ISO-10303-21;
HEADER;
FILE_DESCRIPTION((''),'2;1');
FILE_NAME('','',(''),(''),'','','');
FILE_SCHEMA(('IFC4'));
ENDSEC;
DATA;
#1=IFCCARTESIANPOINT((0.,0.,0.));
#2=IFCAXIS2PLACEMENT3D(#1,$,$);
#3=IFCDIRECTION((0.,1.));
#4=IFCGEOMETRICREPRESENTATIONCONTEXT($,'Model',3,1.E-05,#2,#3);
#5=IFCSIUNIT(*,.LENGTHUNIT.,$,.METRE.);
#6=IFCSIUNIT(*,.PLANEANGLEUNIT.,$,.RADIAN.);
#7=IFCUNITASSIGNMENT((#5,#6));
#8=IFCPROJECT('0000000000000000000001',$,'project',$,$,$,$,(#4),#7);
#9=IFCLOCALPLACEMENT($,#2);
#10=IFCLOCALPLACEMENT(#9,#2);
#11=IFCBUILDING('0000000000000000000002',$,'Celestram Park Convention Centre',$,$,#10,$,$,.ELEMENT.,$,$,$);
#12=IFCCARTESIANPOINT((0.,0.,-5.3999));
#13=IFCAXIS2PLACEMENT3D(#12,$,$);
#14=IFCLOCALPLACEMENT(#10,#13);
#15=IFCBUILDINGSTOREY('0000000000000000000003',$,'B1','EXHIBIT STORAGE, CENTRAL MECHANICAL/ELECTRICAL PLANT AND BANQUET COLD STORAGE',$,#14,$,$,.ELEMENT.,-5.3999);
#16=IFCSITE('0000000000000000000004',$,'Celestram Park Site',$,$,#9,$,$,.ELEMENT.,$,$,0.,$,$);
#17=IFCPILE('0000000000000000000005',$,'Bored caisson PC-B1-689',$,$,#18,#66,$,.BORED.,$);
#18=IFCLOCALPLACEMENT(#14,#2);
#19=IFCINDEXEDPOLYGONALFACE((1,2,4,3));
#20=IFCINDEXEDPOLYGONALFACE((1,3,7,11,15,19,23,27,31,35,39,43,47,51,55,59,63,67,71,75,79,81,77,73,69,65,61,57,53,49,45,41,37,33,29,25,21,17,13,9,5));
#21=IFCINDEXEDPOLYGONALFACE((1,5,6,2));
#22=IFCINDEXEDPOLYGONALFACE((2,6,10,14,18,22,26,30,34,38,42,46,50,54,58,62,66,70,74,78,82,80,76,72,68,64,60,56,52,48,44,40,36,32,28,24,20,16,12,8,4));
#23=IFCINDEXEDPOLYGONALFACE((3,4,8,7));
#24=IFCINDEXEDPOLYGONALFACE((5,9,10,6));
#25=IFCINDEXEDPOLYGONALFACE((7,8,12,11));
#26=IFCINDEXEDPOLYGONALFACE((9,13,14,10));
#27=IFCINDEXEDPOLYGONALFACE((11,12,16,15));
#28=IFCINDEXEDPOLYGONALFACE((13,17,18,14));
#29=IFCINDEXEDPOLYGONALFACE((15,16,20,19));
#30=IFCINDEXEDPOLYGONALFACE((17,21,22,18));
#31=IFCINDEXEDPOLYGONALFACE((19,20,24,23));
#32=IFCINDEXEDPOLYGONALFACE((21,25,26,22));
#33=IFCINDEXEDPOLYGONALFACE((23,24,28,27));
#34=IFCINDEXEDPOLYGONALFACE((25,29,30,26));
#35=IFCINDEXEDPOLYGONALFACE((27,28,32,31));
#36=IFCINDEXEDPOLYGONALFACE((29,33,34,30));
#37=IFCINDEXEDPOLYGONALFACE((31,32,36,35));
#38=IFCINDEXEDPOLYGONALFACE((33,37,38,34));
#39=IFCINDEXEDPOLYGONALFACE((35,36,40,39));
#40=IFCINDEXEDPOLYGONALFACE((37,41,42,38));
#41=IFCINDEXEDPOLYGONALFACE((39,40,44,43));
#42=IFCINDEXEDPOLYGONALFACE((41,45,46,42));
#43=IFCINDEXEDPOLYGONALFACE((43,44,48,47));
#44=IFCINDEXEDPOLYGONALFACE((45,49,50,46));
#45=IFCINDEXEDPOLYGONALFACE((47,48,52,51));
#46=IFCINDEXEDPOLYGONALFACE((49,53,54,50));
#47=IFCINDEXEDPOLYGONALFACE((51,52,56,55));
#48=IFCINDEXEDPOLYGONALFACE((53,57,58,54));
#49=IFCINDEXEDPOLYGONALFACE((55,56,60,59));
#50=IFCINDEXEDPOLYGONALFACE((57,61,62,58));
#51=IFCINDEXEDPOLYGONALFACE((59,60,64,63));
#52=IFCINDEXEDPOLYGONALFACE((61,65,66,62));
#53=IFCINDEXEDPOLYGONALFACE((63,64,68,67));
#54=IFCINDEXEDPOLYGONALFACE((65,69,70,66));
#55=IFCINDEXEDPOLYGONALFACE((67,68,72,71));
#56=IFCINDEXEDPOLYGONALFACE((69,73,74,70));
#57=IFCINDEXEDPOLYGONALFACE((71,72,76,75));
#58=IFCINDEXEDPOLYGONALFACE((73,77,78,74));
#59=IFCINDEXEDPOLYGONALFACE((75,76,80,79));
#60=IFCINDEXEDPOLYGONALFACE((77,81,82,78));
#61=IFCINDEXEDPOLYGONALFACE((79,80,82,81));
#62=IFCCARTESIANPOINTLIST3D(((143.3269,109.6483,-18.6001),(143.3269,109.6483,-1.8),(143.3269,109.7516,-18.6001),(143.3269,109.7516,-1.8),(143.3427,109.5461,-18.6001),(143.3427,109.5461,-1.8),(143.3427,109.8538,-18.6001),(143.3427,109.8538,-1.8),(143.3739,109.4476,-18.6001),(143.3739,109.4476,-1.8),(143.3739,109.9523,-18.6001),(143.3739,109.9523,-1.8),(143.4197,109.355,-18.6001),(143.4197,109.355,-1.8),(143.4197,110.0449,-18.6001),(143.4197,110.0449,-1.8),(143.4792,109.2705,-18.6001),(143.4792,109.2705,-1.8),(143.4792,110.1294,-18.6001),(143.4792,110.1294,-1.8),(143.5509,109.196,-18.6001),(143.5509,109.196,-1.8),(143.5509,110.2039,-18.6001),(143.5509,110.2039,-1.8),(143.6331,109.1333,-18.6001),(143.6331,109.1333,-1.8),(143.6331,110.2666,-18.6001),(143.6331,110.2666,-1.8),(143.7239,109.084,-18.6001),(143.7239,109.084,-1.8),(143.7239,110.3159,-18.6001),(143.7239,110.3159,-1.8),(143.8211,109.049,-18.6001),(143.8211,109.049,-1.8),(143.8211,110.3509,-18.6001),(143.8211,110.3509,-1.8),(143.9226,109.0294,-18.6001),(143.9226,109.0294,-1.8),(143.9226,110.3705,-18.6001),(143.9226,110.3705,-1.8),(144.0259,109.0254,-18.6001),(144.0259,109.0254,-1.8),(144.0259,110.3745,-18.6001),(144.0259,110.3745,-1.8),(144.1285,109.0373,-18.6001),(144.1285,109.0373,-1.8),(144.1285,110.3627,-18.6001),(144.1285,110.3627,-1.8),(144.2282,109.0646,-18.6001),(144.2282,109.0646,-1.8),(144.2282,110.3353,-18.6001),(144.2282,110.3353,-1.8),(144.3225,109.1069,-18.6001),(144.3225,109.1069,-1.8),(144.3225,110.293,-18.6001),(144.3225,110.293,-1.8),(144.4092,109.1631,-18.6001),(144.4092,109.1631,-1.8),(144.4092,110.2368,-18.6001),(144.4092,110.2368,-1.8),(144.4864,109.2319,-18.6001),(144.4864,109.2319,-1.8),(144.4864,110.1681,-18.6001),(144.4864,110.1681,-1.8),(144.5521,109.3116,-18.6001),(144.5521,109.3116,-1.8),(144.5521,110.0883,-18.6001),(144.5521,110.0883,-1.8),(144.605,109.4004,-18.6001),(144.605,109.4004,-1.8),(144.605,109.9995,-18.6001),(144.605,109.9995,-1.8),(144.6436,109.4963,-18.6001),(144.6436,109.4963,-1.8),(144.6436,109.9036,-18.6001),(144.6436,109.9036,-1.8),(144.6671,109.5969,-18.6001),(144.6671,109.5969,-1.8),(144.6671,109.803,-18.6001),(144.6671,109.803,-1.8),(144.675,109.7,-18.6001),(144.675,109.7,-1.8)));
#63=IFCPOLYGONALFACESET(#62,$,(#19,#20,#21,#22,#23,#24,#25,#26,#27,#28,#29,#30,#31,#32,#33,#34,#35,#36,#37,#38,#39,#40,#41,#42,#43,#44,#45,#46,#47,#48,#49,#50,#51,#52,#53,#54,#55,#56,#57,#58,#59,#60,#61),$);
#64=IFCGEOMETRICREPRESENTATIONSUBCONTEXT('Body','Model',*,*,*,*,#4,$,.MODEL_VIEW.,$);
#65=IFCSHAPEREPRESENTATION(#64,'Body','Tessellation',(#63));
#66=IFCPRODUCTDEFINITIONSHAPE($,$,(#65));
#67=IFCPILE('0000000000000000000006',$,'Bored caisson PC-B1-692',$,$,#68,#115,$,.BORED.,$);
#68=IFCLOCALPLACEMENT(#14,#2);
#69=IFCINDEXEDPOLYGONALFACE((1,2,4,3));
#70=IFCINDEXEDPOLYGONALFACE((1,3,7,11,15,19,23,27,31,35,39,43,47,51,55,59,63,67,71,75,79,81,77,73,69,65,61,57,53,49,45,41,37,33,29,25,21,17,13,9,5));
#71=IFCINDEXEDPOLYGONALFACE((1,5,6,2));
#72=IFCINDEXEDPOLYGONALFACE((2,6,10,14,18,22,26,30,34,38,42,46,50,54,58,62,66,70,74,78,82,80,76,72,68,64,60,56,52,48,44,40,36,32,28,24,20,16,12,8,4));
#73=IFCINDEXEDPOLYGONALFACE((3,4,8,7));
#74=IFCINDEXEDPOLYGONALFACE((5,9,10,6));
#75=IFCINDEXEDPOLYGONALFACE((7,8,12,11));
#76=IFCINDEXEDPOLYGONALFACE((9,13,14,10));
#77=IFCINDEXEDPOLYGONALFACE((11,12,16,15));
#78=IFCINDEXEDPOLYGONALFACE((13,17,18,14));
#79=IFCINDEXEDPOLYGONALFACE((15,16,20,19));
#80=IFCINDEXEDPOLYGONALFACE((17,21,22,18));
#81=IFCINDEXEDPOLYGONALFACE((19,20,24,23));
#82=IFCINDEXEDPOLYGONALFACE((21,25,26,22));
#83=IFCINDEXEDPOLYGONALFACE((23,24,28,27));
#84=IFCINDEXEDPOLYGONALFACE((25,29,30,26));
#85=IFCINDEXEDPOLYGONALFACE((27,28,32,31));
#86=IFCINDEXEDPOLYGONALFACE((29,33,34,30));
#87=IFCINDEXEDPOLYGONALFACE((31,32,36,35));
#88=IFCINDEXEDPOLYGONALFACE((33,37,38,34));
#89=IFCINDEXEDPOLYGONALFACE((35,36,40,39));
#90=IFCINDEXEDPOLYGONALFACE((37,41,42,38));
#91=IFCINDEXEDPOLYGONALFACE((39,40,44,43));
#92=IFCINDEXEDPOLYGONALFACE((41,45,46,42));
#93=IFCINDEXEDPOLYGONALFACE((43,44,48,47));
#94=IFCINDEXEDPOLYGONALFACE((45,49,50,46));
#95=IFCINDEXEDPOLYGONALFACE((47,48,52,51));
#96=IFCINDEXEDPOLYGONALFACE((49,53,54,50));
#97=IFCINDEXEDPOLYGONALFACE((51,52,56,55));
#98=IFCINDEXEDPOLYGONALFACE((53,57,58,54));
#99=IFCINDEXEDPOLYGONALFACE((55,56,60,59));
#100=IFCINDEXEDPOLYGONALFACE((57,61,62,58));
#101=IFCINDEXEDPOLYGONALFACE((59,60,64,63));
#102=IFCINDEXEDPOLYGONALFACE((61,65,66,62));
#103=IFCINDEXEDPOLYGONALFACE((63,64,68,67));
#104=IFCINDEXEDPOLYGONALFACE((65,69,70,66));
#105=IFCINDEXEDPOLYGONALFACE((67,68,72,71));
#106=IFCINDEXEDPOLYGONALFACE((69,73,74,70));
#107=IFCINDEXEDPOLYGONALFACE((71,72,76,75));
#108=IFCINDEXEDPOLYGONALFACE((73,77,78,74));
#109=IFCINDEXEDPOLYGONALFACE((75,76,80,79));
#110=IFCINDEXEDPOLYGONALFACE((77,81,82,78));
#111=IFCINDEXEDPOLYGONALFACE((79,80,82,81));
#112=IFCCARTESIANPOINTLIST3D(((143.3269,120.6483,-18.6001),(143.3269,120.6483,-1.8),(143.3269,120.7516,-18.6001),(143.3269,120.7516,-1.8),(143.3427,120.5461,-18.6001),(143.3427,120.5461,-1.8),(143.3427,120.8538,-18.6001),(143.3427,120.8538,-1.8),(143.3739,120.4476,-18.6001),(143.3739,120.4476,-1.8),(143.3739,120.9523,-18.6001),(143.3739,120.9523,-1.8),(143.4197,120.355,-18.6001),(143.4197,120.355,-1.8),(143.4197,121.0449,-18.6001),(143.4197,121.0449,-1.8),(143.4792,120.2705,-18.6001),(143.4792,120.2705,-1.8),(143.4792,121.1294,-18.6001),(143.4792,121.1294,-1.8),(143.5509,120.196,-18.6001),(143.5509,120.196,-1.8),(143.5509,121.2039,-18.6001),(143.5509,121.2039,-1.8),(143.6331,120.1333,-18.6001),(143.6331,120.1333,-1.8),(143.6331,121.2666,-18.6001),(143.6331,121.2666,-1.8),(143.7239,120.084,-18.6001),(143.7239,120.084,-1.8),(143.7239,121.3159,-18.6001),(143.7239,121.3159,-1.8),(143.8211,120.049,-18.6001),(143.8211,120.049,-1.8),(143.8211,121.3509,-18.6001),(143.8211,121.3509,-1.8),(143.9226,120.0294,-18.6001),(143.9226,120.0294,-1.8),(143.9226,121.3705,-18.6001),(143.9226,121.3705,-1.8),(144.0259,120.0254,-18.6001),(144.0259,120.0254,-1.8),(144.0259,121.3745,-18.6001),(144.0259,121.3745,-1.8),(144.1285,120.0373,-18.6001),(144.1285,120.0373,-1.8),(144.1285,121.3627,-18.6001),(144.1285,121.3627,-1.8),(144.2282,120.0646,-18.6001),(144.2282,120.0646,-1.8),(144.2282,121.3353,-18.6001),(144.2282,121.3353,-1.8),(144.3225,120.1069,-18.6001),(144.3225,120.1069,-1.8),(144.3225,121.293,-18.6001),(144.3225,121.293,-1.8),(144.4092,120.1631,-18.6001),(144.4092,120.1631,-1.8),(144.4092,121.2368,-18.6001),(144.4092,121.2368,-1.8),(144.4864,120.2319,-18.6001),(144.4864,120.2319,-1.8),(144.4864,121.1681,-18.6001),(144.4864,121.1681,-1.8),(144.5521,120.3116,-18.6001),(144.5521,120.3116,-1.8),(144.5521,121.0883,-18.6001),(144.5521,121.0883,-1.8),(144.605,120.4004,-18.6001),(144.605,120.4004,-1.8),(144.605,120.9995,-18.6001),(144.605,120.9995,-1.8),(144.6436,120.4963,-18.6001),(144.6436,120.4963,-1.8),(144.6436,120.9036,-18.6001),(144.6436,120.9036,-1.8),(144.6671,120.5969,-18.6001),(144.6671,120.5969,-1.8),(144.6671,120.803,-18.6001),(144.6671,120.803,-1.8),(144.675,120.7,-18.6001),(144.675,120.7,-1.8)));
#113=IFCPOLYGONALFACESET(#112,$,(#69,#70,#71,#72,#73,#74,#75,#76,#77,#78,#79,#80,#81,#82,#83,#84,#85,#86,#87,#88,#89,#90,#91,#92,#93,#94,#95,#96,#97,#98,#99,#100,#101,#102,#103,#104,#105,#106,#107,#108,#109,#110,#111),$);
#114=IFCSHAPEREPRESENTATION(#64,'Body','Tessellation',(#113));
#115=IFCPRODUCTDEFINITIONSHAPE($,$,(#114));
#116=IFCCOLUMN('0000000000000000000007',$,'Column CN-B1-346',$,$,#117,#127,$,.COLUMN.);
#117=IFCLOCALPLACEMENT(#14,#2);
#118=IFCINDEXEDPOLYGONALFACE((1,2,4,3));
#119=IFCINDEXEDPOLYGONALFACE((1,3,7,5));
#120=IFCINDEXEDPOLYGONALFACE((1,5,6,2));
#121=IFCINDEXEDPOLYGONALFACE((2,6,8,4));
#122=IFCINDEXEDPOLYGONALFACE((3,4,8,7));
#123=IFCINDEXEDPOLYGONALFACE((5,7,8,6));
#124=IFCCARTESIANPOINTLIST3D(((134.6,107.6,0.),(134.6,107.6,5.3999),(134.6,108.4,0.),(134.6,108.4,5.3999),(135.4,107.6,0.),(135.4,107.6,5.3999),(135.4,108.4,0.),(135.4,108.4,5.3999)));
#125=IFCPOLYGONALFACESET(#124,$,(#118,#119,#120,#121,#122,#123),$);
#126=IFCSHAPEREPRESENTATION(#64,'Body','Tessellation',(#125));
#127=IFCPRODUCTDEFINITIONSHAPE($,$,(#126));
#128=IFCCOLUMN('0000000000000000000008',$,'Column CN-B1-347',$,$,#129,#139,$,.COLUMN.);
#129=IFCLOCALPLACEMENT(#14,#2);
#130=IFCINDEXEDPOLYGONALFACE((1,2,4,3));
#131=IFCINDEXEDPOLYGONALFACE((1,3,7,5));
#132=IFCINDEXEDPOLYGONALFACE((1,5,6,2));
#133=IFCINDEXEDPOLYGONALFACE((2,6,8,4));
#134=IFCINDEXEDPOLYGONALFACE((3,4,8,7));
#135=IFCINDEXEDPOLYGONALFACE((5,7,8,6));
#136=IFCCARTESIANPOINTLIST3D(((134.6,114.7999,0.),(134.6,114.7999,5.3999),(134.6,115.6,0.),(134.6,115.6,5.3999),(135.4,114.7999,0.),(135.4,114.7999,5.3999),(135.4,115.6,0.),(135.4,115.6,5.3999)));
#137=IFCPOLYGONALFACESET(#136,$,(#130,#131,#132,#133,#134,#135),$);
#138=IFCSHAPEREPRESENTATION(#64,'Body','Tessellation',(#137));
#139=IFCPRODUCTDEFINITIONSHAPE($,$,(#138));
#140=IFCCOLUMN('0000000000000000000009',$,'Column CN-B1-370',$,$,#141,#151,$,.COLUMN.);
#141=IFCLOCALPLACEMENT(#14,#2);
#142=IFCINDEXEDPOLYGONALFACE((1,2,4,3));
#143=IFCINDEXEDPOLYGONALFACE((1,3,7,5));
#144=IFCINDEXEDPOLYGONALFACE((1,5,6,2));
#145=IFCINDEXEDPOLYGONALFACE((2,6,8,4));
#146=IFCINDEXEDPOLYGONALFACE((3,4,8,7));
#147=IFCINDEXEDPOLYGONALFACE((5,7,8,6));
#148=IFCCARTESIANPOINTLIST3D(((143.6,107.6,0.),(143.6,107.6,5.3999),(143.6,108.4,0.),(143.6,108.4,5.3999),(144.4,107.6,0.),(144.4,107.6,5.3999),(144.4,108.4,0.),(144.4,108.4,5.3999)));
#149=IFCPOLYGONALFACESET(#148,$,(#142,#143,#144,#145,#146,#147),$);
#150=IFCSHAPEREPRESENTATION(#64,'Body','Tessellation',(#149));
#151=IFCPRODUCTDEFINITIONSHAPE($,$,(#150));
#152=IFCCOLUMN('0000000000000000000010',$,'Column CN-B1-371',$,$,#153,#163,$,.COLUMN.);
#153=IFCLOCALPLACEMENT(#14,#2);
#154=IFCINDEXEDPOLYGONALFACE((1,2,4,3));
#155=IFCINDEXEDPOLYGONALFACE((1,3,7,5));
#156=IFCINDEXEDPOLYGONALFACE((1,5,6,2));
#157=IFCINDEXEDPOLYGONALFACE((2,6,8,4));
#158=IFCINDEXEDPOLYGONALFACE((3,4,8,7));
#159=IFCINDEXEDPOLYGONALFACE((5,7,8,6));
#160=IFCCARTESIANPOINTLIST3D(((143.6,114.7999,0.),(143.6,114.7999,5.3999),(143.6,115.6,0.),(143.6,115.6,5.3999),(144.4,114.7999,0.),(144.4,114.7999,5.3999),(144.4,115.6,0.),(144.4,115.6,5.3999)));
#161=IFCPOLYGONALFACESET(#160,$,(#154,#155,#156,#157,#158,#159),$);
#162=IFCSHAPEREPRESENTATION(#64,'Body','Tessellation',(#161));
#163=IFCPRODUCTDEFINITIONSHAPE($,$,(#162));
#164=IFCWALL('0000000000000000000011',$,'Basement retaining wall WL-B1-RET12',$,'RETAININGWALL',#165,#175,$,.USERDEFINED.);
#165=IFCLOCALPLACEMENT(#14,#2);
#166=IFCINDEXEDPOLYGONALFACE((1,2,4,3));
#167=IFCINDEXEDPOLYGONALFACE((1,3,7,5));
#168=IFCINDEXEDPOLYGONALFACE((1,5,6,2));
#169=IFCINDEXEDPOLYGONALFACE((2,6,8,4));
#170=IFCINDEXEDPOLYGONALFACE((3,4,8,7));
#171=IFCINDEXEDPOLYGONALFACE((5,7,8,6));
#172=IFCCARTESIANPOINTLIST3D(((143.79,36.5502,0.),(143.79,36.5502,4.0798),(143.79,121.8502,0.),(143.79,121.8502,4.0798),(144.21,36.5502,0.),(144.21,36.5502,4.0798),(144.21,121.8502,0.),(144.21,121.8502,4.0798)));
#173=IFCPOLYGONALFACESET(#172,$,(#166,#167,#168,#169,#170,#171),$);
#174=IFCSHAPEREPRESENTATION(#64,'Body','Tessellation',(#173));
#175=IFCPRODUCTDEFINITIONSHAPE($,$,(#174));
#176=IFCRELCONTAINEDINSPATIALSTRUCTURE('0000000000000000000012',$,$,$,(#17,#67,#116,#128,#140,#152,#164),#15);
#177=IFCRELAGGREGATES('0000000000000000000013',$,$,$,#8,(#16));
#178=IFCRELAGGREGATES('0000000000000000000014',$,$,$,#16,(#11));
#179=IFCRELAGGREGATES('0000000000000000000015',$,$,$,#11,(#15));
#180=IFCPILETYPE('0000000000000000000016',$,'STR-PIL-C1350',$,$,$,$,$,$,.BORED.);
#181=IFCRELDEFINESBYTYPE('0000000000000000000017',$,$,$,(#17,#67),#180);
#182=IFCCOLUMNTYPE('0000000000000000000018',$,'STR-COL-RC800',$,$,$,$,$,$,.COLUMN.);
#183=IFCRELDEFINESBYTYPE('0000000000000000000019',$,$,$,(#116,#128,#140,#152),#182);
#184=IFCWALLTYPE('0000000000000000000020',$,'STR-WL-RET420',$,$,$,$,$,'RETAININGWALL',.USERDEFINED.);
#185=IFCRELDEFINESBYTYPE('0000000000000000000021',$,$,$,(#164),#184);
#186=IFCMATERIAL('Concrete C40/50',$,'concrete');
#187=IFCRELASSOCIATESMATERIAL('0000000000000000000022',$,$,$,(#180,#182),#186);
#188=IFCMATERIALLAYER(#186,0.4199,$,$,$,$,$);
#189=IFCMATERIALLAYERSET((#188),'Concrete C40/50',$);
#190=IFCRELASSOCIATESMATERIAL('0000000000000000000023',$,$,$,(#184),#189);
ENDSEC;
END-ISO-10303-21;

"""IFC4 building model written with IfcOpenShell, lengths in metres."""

from ifc_helpers import new_model, si_unit, direction, frame, frame_2d, origin, origin_2d, place, context, subcontext, project, spatial, rectangle, circle, extrude, material, layer, layer_set, material_profile, profile_set, type_object, element, save


model = new_model("IFC4")

# Units and contexts
model_context = context("Model", 3, precision=1e-05, world=origin(), true_north=direction((0.0, 1.0)))
body_context = subcontext(model_context, "Body", "Model", "MODEL_VIEW")
ifc_project = project(units=[si_unit("LENGTHUNIT", "METRE"), si_unit("PLANEANGLEUNIT", "RADIAN")], contexts=[model_context])

# Site, building, storey
site_placement = place(None, origin())
site = spatial("IfcSite", under=ifc_project, at=site_placement, Name="Celestram Park Site", CompositionType="ELEMENT", RefElevation=0.0)
building_placement = place(site_placement, origin())
building = spatial("IfcBuilding", under=site, at=building_placement, Name="Celestram Park Convention Centre", CompositionType="ELEMENT")
storey_placement = place(building_placement, frame((0.0, 0.0, -5.3999)))
storey = spatial("IfcBuildingStorey", under=building, at=storey_placement, Name="B1", Description="EXHIBIT STORAGE, CENTRAL MECHANICAL/ELECTRICAL PLANT AND BANQUET COLD STORAGE", CompositionType="ELEMENT", Elevation=-5.3999)

# Shared definitions
ifc_material_1 = material(Name="Concrete C40/50", Category="concrete")

# Piles
ifc_material_profile_1 = material_profile(ifc_material_1, circle(Radius=0.675, at=origin_2d()), Name="CAISSON1350")
ifc_profile_set_1 = profile_set([ifc_material_profile_1], Name="Concrete C40/50")
pile_type_1 = type_object("IfcPileType", Name="STR-PIL-C1350", PredefinedType="BORED", material=ifc_profile_set_1)
for number, where, z_axis, x_axis, name in (
    (1, (144.0, 109.7, -1.8), (0.0, 0.0, -1.0), (1.0, 0.0, 0.0), "Bored caisson PC-B1-689"),
    (2, (144.0, 120.7, -1.8), (0.0, 0.0, -1.0), (1.0, 0.0, 0.0), "Bored caisson PC-B1-692"),
):
    element("IfcPile", number, at=place(storey_placement, frame(where, z_axis=z_axis, x_axis=x_axis)), inside=storey, type_object=pile_type_1, Name=name, PredefinedType="BORED", context=body_context, shape_type="SweptSolid", body=[
        extrude(circle(Radius=0.675, at=origin_2d()), origin(), (0.0, 0.0, 1.0), 16.8),
    ])

# Columns
ifc_material_profile_2 = material_profile(ifc_material_1, rectangle(XDim=0.8, YDim=0.8, at=origin_2d()), Name="RC800X800")
ifc_profile_set_2 = profile_set([ifc_material_profile_2], Name="Concrete C40/50")
column_type = type_object("IfcColumnType", Name="STR-COL-RC800", PredefinedType="COLUMN", material=ifc_profile_set_2)
for number, where, z_axis, x_axis, name in (
    (3, (135.0, 108.0, 0.0), (0.0, 0.0, 1.0), (1.0, 0.0, 0.0), "Column CN-B1-346"),
    (4, (135.0, 115.2, 0.0), (0.0, 0.0, 1.0), (1.0, 0.0, 0.0), "Column CN-B1-347"),
    (5, (144.0, 108.0, 0.0), (0.0, 0.0, 1.0), (1.0, 0.0, 0.0), "Column CN-B1-370"),
    (6, (144.0, 115.2, 0.0), (0.0, 0.0, 1.0), (1.0, 0.0, 0.0), "Column CN-B1-371"),
):
    element("IfcColumn", number, at=place(storey_placement, frame(where, z_axis=z_axis, x_axis=x_axis)), inside=storey, type_object=column_type, Name=name, PredefinedType="COLUMN", context=body_context, shape_type="SweptSolid", body=[
        extrude(rectangle(XDim=0.8, YDim=0.8, at=origin_2d()), origin(), (0.0, 0.0, 1.0), 5.3999),
    ])

# Wall
ifc_layer = layer(ifc_material_1, 0.4199)
ifc_layer_set = layer_set([ifc_layer], Name="Concrete C40/50")
wall_type = type_object("IfcWallType", Name="STR-WL-RET420", ElementType="RETAININGWALL", PredefinedType="USERDEFINED", material=ifc_layer_set)
wall_placement = place(storey_placement, frame((144.0, 121.8501, 0.0), z_axis=(0.0, 0.0, 1.0), x_axis=(0.0, -1.0, 0.0)))
element("IfcWall", 7, at=wall_placement, inside=storey, type_object=wall_type, Name="Basement retaining wall WL-B1-RET12", ObjectType="RETAININGWALL", PredefinedType="USERDEFINED", context=body_context, shape_type="SweptSolid", body=[
    extrude(rectangle(XDim=85.3, YDim=0.4199, at=frame_2d((42.6499, 0.0))), origin(), (0.0, 0.0, 1.0), 4.0798),
])

save(model, "model.ifc")
